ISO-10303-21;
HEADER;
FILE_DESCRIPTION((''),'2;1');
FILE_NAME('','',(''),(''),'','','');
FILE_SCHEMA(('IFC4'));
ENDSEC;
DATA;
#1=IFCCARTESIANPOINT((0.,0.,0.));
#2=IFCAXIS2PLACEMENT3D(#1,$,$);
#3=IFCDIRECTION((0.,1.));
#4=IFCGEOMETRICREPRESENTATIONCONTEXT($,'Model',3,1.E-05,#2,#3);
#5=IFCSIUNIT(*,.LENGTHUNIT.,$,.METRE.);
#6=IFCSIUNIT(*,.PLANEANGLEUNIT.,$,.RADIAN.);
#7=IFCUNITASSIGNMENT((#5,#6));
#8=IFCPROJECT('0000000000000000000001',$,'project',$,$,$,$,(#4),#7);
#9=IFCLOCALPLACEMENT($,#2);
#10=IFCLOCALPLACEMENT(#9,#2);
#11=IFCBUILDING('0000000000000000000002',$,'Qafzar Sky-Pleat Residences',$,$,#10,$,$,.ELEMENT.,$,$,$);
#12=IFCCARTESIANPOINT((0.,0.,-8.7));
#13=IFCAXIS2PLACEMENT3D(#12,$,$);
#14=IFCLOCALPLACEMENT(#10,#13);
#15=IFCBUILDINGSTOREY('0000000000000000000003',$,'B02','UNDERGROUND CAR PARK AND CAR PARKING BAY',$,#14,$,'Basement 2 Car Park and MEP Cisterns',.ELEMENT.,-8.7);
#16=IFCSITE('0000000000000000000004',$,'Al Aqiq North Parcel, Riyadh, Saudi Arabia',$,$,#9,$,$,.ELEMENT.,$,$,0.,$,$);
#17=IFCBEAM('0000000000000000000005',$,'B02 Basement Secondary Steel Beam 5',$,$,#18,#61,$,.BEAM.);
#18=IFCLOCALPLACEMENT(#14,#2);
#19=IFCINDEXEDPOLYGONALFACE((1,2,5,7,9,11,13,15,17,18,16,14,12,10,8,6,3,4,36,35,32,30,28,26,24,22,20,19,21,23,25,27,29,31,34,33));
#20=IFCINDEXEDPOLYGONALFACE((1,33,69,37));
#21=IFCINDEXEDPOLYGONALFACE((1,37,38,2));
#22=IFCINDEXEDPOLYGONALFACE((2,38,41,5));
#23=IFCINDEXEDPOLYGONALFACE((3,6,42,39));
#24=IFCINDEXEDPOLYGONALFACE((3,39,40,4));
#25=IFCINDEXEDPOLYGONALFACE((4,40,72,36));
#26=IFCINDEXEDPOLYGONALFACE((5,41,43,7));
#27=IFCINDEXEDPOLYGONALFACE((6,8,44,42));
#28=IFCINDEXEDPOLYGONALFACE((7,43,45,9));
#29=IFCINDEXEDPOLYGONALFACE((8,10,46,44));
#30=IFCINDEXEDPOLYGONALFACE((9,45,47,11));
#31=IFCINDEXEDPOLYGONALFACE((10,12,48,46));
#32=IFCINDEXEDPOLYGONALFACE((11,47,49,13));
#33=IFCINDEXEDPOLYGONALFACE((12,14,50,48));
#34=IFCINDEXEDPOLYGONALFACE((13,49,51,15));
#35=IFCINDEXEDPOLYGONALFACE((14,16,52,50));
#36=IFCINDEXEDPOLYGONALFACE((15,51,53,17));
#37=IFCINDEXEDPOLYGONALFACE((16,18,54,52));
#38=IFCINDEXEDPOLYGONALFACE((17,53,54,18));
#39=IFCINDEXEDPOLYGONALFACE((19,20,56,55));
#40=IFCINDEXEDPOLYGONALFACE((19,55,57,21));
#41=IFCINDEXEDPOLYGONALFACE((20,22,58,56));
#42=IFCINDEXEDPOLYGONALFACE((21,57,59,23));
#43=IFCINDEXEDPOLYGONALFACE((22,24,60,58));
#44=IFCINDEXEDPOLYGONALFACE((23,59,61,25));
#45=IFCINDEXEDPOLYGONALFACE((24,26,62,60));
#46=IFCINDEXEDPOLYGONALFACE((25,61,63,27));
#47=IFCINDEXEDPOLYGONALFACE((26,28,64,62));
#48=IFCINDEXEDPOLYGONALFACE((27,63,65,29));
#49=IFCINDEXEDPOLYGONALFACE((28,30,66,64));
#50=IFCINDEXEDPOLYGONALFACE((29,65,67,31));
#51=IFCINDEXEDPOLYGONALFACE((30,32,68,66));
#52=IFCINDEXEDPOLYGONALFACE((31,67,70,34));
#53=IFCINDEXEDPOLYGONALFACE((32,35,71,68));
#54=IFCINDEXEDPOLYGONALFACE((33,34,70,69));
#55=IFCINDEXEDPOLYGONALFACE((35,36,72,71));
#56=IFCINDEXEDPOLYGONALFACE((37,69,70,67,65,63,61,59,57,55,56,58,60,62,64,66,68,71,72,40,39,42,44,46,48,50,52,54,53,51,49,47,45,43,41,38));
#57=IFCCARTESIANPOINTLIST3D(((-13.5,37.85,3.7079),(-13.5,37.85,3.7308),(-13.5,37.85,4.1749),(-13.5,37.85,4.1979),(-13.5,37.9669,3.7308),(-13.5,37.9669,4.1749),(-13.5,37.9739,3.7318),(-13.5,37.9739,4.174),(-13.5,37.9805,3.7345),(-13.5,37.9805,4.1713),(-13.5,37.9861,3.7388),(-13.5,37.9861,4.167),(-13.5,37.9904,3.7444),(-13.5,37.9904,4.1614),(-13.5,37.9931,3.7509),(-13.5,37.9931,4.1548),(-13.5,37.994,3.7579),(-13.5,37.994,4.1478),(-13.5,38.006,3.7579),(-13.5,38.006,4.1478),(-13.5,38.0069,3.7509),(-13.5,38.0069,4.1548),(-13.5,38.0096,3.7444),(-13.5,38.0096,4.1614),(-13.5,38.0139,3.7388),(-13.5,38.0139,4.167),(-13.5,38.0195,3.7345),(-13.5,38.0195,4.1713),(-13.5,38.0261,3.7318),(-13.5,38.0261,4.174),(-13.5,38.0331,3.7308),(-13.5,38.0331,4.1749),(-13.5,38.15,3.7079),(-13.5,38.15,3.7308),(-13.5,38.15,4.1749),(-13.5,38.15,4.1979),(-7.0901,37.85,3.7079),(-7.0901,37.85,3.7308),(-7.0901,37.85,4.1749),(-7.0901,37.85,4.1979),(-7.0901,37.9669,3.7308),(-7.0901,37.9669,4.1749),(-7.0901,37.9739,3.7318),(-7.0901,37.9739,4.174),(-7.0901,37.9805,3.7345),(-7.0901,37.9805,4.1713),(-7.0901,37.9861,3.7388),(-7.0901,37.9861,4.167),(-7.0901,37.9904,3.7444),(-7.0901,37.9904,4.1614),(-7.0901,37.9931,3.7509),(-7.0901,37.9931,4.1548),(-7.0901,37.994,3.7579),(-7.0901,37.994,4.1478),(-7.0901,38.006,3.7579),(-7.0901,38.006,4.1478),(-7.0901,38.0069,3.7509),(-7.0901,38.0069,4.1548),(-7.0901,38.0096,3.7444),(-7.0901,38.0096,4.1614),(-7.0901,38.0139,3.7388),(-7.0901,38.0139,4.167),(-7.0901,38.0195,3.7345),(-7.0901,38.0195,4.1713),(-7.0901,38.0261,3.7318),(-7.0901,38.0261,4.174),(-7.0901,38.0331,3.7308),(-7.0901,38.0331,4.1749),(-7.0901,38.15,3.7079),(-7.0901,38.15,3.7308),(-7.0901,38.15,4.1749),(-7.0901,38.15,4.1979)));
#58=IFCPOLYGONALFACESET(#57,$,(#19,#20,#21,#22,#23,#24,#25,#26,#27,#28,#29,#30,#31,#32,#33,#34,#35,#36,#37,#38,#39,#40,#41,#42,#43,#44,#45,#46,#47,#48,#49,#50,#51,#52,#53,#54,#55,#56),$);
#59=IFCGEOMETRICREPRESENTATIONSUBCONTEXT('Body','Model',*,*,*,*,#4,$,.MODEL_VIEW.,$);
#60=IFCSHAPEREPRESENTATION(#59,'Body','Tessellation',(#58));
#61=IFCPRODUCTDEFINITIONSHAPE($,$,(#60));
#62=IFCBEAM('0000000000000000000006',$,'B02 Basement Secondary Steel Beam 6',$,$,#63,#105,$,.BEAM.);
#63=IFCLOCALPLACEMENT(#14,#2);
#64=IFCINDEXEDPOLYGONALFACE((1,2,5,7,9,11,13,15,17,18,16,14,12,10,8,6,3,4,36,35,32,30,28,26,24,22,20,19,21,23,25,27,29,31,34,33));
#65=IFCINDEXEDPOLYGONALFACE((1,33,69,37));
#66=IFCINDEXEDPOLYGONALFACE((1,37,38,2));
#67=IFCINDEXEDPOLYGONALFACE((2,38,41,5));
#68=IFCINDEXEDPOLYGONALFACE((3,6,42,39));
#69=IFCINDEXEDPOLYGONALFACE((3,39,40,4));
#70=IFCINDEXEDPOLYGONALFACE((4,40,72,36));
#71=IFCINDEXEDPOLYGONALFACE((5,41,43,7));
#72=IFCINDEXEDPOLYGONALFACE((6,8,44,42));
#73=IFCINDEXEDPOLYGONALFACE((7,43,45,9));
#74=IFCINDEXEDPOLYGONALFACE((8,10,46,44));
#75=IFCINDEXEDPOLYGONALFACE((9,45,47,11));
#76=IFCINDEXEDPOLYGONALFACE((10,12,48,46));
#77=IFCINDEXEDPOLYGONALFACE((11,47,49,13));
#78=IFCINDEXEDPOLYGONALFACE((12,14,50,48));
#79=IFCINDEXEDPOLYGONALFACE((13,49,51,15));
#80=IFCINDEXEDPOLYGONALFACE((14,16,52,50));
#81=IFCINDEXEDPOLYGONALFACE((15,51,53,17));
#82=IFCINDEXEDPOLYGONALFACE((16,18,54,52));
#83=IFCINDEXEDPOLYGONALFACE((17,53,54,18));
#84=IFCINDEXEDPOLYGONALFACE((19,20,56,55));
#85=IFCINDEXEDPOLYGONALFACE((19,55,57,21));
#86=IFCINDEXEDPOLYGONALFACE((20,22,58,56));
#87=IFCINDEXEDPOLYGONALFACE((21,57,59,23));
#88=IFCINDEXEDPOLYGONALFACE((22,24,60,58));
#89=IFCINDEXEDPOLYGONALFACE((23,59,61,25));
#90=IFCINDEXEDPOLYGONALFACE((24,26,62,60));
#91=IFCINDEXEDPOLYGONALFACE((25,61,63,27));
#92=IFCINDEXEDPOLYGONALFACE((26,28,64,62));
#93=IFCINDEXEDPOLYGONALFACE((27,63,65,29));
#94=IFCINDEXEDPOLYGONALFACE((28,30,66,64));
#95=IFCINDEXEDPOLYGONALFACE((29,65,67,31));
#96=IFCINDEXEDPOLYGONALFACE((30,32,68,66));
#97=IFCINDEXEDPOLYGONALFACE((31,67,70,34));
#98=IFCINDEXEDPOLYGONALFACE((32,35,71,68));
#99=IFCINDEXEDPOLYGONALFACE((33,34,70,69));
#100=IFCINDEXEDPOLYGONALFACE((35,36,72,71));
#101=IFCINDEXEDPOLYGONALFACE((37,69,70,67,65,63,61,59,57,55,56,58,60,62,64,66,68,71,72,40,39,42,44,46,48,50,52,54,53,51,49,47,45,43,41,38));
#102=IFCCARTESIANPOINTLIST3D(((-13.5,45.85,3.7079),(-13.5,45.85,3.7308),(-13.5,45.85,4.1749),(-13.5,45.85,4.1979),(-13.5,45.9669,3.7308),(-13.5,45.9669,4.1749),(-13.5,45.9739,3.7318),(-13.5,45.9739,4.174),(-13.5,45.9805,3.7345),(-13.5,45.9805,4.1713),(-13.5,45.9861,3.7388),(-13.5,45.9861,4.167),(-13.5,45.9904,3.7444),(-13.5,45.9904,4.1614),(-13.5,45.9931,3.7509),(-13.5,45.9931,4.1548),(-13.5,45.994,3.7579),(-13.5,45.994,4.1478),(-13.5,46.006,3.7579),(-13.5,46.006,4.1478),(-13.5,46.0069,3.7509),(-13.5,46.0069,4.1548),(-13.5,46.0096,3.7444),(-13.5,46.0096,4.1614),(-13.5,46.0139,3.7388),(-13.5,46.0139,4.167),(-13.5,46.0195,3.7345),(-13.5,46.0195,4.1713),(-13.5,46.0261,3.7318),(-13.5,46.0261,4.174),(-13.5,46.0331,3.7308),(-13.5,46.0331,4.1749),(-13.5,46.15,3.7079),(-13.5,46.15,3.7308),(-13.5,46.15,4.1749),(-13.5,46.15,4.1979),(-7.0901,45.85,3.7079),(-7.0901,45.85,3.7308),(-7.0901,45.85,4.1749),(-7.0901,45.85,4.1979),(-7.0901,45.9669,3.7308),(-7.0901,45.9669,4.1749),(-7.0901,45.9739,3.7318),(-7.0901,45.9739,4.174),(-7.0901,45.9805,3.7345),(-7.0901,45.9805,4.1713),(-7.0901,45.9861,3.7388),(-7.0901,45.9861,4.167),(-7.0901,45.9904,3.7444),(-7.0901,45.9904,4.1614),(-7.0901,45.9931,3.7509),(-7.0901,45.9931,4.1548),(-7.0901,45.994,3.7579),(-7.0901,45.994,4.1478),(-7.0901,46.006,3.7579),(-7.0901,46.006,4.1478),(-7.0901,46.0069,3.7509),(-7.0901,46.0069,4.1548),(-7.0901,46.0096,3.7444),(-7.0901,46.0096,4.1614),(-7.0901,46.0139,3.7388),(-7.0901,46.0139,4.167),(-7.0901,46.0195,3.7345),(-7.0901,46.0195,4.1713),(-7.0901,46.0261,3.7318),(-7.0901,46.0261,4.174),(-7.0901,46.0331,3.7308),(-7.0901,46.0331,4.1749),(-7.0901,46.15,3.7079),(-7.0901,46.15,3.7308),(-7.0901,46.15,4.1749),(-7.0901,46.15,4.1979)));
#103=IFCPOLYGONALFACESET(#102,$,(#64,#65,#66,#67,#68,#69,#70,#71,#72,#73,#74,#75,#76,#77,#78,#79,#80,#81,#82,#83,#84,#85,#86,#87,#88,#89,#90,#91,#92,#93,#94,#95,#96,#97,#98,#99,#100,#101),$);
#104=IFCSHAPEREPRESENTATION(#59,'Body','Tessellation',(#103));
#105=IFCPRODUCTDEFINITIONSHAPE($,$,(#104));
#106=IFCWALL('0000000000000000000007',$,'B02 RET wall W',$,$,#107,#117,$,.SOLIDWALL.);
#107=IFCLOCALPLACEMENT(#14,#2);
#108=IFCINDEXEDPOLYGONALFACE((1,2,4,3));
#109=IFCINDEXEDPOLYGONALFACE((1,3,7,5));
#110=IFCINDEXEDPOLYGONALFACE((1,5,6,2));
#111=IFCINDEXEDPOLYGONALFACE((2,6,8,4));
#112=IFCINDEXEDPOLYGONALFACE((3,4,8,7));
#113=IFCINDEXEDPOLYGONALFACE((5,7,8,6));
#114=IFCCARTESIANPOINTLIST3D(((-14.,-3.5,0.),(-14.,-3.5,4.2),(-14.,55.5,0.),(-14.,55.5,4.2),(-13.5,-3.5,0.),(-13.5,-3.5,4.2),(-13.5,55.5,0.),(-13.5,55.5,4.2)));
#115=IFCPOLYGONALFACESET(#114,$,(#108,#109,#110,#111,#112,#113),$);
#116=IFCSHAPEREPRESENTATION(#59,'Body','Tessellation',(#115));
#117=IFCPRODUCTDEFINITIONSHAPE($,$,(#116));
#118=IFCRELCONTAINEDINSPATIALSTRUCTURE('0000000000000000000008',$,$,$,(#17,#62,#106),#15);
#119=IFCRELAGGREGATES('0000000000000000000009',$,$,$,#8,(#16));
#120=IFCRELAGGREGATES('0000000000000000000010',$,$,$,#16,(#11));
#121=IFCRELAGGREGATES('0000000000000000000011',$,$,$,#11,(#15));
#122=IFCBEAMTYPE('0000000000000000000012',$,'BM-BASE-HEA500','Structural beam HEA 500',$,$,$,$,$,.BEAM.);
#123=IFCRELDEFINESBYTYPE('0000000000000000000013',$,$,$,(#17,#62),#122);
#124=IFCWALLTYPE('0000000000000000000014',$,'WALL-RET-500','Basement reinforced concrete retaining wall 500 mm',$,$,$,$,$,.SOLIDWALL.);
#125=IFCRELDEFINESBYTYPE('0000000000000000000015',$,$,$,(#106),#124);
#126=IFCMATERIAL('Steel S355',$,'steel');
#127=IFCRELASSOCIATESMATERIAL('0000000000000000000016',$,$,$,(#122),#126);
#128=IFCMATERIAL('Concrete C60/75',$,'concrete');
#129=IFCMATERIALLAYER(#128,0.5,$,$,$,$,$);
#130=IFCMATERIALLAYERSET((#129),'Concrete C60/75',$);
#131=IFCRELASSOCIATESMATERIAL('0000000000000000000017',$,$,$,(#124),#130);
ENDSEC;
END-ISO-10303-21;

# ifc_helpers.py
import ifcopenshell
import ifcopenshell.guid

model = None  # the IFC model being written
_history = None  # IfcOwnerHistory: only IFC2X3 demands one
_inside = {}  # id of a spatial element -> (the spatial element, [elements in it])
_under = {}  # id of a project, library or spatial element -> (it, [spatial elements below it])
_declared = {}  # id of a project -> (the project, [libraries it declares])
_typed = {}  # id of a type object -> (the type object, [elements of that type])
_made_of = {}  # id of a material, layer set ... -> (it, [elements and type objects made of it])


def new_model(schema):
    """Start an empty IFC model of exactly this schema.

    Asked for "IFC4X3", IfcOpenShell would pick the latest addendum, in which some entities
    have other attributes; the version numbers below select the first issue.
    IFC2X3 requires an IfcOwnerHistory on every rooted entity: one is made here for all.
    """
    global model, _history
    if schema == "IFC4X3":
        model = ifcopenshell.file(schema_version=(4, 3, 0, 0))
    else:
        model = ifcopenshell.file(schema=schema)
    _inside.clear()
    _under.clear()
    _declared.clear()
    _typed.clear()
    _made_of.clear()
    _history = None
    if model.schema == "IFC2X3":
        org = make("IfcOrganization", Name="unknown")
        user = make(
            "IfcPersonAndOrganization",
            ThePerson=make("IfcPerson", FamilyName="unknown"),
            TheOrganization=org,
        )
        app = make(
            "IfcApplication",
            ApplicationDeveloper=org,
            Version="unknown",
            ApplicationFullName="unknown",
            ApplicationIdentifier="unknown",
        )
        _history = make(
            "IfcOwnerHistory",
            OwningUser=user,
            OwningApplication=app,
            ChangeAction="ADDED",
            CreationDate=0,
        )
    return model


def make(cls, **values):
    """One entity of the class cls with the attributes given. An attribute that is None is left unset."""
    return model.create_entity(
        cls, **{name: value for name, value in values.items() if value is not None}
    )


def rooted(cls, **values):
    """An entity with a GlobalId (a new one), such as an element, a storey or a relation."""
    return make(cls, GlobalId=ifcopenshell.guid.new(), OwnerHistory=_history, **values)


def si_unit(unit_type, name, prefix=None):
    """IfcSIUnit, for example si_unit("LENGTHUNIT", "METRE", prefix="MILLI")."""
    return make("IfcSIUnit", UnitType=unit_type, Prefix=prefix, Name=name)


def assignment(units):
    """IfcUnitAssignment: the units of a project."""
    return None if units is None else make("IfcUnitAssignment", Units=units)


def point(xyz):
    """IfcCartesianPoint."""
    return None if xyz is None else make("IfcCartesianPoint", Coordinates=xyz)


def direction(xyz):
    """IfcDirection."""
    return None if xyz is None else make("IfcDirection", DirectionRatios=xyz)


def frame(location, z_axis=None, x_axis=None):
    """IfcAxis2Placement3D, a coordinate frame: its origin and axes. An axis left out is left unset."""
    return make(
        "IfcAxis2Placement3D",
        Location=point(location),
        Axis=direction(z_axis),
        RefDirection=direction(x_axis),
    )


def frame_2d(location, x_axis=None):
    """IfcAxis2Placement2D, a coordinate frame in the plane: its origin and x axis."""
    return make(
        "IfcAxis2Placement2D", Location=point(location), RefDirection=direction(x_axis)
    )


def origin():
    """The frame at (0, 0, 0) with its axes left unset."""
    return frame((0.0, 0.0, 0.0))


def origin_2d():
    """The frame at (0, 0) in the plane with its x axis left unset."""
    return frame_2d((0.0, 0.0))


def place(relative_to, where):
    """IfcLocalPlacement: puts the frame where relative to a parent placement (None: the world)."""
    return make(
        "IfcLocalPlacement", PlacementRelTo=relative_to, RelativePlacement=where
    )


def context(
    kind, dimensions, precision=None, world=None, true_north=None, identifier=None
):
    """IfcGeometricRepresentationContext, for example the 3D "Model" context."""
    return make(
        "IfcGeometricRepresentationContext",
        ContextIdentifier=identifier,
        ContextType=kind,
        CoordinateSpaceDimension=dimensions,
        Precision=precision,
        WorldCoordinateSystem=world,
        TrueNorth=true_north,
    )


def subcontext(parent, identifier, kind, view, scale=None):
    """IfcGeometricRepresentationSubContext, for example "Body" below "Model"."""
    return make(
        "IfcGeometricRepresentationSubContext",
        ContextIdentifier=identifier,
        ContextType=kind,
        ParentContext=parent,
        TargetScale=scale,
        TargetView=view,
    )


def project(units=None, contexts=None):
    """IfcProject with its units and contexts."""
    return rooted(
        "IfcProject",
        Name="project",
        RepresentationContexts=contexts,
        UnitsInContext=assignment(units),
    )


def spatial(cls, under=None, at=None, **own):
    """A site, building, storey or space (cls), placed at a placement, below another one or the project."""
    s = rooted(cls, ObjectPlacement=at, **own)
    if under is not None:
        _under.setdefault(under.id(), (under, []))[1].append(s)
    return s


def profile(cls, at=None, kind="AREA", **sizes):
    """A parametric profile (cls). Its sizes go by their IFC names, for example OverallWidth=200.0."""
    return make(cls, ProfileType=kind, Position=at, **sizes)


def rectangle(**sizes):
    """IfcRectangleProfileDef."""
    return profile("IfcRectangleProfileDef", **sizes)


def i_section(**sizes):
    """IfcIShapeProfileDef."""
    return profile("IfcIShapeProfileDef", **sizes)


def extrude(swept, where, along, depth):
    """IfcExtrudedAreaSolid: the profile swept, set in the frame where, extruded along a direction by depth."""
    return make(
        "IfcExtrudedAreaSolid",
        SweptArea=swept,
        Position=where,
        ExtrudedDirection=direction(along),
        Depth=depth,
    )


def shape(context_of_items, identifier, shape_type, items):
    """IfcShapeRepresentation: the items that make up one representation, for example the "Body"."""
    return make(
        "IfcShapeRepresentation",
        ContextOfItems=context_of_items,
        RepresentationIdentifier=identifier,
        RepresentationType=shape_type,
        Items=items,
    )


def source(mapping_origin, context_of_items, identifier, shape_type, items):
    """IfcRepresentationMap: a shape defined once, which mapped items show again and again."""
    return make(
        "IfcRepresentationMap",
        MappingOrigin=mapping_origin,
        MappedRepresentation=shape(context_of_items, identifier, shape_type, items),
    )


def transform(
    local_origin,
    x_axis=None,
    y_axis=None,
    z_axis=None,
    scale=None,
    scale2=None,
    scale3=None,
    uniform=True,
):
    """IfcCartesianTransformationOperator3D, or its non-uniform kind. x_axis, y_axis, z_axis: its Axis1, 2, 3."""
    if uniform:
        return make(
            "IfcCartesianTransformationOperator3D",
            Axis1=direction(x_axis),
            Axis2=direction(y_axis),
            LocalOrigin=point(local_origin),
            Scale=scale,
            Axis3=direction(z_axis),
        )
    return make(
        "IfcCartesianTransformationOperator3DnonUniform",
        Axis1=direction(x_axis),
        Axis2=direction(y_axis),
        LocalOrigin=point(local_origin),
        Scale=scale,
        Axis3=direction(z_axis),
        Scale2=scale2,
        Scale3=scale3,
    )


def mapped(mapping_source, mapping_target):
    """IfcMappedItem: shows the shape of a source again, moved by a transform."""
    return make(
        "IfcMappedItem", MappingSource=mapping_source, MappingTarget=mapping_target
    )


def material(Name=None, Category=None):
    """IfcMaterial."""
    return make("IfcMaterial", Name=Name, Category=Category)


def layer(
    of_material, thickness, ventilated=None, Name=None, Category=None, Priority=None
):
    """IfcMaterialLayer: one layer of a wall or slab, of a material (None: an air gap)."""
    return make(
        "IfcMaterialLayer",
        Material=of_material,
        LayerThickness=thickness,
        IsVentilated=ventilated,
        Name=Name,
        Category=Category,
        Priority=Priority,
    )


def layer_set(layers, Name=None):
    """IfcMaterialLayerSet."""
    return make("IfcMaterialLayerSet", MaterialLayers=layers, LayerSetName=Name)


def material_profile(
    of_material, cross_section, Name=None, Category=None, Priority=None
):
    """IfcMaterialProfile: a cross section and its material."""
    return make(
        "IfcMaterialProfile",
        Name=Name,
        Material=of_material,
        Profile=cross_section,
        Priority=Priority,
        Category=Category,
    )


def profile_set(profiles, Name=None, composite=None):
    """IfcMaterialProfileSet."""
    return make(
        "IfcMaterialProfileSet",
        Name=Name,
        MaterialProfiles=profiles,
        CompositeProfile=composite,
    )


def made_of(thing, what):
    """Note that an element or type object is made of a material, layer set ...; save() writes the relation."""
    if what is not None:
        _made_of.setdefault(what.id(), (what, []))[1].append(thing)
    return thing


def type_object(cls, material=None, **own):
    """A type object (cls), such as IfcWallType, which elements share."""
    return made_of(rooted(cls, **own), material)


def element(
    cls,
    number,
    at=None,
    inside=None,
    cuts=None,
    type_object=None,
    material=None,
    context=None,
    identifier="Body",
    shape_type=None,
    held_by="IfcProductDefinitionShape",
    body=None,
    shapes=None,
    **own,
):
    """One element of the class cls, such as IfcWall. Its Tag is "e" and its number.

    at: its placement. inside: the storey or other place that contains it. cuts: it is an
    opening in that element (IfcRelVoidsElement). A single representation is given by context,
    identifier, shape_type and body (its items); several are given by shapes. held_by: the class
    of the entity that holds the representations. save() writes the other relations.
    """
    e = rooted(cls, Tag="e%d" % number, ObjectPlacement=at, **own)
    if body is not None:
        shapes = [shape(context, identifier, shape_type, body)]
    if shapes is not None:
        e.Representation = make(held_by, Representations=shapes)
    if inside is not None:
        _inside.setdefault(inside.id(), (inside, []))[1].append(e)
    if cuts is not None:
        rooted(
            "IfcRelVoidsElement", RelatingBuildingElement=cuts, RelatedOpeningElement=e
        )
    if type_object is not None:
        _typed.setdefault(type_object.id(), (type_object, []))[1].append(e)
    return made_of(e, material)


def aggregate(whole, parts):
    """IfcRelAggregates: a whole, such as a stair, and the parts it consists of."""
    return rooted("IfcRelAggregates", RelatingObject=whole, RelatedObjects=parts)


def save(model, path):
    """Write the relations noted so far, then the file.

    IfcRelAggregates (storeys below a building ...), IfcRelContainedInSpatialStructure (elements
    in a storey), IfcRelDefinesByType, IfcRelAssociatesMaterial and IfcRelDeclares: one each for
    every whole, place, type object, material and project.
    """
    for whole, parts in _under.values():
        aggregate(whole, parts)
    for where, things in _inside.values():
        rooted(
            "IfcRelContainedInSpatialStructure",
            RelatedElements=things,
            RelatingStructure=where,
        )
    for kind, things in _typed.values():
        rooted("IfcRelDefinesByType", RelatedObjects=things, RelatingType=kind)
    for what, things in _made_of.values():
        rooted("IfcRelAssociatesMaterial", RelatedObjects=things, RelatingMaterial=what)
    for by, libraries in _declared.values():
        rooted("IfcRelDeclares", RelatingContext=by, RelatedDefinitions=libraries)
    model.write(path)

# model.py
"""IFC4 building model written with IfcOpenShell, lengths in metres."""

from ifc_helpers import new_model, si_unit, direction, frame, frame_2d, origin, origin_2d, place, context, subcontext, project, spatial, rectangle, i_section, extrude, source, transform, mapped, material, layer, layer_set, material_profile, profile_set, type_object, element, save


model = new_model("IFC4")

# Units and contexts
model_context = context("Model", 3, precision=1e-05, world=origin(), true_north=direction((0.0, 1.0)))
body_context = subcontext(model_context, "Body", "Model", "MODEL_VIEW")
ifc_project = project(units=[si_unit("LENGTHUNIT", "METRE"), si_unit("PLANEANGLEUNIT", "RADIAN")], contexts=[model_context])

# Site, building, storey
site_placement = place(None, origin())
site = spatial("IfcSite", under=ifc_project, at=site_placement, Name="Al Aqiq North Parcel, Riyadh, Saudi Arabia", CompositionType="ELEMENT", RefElevation=0.0)
building_placement = place(site_placement, origin())
building = spatial("IfcBuilding", under=site, at=building_placement, Name="Qafzar Sky-Pleat Residences", CompositionType="ELEMENT")
storey_placement = place(building_placement, frame((0.0, 0.0, -8.7)))
storey = spatial("IfcBuildingStorey", under=building, at=storey_placement, Name="B02", Description="UNDERGROUND CAR PARK AND CAR PARKING BAY", LongName="Basement 2 Car Park and MEP Cisterns", CompositionType="ELEMENT", Elevation=-8.7)

# Shared definitions
ifc_material_1 = material(Name="Steel S355", Category="steel")
ifc_material_2 = material(Name="Concrete C60/75", Category="concrete")

# Beams
ifc_material_profile_1 = material_profile(ifc_material_1, i_section(OverallWidth=0.3, OverallDepth=0.49, WebThickness=0.012, FlangeThickness=0.0229, FilletRadius=0.0271, at=origin_2d()), Name="HEA 500")
ifc_profile_set_1 = profile_set([ifc_material_profile_1], Name="Steel S355")
beam_type_1 = type_object("IfcBeamType", Name="BM-BASE-HEA500", Description="Structural beam HEA 500", PredefinedType="BEAM", material=ifc_profile_set_1)
shared_shape_1 = source(origin(), body_context, "Body", "SweptSolid", [
    extrude(i_section(OverallWidth=0.3, OverallDepth=0.49, WebThickness=0.012, FlangeThickness=0.0229, FilletRadius=0.0271, at=origin_2d()), origin(), (0.0, 0.0, 1.0), 6.4099),
])
for number, where, z_axis, x_axis, name in (
    (1, (-13.5, 38.0, 3.9529), (1.0, 0.0, 0.0), (0.0, 1.0, 0.0), "B02 Basement Secondary Steel Beam 5"),
    (2, (-13.5, 46.0, 3.9529), (1.0, 0.0, 0.0), (0.0, 1.0, 0.0), "B02 Basement Secondary Steel Beam 6"),
):
    element("IfcBeam", number, at=place(storey_placement, frame(where, z_axis=z_axis, x_axis=x_axis)), inside=storey, type_object=beam_type_1, Name=name, PredefinedType="BEAM", context=body_context, shape_type="MappedRepresentation", body=[
        mapped(shared_shape_1, transform((0.0, 0.0, 0.0), x_axis=(1.0, 0.0, 0.0), y_axis=(0.0, 1.0, 0.0), z_axis=(0.0, 0.0, 1.0), scale=1.0)),
    ])

# Wall
ifc_layer = layer(ifc_material_2, 0.5)
ifc_layer_set = layer_set([ifc_layer], Name="Concrete C60/75")
wall_type = type_object("IfcWallType", Name="WALL-RET-500", Description="Basement reinforced concrete retaining wall 500 mm", PredefinedType="SOLIDWALL", material=ifc_layer_set)
wall_placement = place(storey_placement, frame((-13.75, 55.5, 0.0), z_axis=(0.0, 0.0, 1.0), x_axis=(0.0, -1.0, 0.0)))
element("IfcWall", 3, at=wall_placement, inside=storey, type_object=wall_type, Name="B02 RET wall W", PredefinedType="SOLIDWALL", context=body_context, shape_type="SweptSolid", body=[
    extrude(rectangle(XDim=59.0, YDim=0.5, at=frame_2d((29.5, 0.0))), origin(), (0.0, 0.0, 1.0), 4.2),
])

save(model, "model.ifc")
